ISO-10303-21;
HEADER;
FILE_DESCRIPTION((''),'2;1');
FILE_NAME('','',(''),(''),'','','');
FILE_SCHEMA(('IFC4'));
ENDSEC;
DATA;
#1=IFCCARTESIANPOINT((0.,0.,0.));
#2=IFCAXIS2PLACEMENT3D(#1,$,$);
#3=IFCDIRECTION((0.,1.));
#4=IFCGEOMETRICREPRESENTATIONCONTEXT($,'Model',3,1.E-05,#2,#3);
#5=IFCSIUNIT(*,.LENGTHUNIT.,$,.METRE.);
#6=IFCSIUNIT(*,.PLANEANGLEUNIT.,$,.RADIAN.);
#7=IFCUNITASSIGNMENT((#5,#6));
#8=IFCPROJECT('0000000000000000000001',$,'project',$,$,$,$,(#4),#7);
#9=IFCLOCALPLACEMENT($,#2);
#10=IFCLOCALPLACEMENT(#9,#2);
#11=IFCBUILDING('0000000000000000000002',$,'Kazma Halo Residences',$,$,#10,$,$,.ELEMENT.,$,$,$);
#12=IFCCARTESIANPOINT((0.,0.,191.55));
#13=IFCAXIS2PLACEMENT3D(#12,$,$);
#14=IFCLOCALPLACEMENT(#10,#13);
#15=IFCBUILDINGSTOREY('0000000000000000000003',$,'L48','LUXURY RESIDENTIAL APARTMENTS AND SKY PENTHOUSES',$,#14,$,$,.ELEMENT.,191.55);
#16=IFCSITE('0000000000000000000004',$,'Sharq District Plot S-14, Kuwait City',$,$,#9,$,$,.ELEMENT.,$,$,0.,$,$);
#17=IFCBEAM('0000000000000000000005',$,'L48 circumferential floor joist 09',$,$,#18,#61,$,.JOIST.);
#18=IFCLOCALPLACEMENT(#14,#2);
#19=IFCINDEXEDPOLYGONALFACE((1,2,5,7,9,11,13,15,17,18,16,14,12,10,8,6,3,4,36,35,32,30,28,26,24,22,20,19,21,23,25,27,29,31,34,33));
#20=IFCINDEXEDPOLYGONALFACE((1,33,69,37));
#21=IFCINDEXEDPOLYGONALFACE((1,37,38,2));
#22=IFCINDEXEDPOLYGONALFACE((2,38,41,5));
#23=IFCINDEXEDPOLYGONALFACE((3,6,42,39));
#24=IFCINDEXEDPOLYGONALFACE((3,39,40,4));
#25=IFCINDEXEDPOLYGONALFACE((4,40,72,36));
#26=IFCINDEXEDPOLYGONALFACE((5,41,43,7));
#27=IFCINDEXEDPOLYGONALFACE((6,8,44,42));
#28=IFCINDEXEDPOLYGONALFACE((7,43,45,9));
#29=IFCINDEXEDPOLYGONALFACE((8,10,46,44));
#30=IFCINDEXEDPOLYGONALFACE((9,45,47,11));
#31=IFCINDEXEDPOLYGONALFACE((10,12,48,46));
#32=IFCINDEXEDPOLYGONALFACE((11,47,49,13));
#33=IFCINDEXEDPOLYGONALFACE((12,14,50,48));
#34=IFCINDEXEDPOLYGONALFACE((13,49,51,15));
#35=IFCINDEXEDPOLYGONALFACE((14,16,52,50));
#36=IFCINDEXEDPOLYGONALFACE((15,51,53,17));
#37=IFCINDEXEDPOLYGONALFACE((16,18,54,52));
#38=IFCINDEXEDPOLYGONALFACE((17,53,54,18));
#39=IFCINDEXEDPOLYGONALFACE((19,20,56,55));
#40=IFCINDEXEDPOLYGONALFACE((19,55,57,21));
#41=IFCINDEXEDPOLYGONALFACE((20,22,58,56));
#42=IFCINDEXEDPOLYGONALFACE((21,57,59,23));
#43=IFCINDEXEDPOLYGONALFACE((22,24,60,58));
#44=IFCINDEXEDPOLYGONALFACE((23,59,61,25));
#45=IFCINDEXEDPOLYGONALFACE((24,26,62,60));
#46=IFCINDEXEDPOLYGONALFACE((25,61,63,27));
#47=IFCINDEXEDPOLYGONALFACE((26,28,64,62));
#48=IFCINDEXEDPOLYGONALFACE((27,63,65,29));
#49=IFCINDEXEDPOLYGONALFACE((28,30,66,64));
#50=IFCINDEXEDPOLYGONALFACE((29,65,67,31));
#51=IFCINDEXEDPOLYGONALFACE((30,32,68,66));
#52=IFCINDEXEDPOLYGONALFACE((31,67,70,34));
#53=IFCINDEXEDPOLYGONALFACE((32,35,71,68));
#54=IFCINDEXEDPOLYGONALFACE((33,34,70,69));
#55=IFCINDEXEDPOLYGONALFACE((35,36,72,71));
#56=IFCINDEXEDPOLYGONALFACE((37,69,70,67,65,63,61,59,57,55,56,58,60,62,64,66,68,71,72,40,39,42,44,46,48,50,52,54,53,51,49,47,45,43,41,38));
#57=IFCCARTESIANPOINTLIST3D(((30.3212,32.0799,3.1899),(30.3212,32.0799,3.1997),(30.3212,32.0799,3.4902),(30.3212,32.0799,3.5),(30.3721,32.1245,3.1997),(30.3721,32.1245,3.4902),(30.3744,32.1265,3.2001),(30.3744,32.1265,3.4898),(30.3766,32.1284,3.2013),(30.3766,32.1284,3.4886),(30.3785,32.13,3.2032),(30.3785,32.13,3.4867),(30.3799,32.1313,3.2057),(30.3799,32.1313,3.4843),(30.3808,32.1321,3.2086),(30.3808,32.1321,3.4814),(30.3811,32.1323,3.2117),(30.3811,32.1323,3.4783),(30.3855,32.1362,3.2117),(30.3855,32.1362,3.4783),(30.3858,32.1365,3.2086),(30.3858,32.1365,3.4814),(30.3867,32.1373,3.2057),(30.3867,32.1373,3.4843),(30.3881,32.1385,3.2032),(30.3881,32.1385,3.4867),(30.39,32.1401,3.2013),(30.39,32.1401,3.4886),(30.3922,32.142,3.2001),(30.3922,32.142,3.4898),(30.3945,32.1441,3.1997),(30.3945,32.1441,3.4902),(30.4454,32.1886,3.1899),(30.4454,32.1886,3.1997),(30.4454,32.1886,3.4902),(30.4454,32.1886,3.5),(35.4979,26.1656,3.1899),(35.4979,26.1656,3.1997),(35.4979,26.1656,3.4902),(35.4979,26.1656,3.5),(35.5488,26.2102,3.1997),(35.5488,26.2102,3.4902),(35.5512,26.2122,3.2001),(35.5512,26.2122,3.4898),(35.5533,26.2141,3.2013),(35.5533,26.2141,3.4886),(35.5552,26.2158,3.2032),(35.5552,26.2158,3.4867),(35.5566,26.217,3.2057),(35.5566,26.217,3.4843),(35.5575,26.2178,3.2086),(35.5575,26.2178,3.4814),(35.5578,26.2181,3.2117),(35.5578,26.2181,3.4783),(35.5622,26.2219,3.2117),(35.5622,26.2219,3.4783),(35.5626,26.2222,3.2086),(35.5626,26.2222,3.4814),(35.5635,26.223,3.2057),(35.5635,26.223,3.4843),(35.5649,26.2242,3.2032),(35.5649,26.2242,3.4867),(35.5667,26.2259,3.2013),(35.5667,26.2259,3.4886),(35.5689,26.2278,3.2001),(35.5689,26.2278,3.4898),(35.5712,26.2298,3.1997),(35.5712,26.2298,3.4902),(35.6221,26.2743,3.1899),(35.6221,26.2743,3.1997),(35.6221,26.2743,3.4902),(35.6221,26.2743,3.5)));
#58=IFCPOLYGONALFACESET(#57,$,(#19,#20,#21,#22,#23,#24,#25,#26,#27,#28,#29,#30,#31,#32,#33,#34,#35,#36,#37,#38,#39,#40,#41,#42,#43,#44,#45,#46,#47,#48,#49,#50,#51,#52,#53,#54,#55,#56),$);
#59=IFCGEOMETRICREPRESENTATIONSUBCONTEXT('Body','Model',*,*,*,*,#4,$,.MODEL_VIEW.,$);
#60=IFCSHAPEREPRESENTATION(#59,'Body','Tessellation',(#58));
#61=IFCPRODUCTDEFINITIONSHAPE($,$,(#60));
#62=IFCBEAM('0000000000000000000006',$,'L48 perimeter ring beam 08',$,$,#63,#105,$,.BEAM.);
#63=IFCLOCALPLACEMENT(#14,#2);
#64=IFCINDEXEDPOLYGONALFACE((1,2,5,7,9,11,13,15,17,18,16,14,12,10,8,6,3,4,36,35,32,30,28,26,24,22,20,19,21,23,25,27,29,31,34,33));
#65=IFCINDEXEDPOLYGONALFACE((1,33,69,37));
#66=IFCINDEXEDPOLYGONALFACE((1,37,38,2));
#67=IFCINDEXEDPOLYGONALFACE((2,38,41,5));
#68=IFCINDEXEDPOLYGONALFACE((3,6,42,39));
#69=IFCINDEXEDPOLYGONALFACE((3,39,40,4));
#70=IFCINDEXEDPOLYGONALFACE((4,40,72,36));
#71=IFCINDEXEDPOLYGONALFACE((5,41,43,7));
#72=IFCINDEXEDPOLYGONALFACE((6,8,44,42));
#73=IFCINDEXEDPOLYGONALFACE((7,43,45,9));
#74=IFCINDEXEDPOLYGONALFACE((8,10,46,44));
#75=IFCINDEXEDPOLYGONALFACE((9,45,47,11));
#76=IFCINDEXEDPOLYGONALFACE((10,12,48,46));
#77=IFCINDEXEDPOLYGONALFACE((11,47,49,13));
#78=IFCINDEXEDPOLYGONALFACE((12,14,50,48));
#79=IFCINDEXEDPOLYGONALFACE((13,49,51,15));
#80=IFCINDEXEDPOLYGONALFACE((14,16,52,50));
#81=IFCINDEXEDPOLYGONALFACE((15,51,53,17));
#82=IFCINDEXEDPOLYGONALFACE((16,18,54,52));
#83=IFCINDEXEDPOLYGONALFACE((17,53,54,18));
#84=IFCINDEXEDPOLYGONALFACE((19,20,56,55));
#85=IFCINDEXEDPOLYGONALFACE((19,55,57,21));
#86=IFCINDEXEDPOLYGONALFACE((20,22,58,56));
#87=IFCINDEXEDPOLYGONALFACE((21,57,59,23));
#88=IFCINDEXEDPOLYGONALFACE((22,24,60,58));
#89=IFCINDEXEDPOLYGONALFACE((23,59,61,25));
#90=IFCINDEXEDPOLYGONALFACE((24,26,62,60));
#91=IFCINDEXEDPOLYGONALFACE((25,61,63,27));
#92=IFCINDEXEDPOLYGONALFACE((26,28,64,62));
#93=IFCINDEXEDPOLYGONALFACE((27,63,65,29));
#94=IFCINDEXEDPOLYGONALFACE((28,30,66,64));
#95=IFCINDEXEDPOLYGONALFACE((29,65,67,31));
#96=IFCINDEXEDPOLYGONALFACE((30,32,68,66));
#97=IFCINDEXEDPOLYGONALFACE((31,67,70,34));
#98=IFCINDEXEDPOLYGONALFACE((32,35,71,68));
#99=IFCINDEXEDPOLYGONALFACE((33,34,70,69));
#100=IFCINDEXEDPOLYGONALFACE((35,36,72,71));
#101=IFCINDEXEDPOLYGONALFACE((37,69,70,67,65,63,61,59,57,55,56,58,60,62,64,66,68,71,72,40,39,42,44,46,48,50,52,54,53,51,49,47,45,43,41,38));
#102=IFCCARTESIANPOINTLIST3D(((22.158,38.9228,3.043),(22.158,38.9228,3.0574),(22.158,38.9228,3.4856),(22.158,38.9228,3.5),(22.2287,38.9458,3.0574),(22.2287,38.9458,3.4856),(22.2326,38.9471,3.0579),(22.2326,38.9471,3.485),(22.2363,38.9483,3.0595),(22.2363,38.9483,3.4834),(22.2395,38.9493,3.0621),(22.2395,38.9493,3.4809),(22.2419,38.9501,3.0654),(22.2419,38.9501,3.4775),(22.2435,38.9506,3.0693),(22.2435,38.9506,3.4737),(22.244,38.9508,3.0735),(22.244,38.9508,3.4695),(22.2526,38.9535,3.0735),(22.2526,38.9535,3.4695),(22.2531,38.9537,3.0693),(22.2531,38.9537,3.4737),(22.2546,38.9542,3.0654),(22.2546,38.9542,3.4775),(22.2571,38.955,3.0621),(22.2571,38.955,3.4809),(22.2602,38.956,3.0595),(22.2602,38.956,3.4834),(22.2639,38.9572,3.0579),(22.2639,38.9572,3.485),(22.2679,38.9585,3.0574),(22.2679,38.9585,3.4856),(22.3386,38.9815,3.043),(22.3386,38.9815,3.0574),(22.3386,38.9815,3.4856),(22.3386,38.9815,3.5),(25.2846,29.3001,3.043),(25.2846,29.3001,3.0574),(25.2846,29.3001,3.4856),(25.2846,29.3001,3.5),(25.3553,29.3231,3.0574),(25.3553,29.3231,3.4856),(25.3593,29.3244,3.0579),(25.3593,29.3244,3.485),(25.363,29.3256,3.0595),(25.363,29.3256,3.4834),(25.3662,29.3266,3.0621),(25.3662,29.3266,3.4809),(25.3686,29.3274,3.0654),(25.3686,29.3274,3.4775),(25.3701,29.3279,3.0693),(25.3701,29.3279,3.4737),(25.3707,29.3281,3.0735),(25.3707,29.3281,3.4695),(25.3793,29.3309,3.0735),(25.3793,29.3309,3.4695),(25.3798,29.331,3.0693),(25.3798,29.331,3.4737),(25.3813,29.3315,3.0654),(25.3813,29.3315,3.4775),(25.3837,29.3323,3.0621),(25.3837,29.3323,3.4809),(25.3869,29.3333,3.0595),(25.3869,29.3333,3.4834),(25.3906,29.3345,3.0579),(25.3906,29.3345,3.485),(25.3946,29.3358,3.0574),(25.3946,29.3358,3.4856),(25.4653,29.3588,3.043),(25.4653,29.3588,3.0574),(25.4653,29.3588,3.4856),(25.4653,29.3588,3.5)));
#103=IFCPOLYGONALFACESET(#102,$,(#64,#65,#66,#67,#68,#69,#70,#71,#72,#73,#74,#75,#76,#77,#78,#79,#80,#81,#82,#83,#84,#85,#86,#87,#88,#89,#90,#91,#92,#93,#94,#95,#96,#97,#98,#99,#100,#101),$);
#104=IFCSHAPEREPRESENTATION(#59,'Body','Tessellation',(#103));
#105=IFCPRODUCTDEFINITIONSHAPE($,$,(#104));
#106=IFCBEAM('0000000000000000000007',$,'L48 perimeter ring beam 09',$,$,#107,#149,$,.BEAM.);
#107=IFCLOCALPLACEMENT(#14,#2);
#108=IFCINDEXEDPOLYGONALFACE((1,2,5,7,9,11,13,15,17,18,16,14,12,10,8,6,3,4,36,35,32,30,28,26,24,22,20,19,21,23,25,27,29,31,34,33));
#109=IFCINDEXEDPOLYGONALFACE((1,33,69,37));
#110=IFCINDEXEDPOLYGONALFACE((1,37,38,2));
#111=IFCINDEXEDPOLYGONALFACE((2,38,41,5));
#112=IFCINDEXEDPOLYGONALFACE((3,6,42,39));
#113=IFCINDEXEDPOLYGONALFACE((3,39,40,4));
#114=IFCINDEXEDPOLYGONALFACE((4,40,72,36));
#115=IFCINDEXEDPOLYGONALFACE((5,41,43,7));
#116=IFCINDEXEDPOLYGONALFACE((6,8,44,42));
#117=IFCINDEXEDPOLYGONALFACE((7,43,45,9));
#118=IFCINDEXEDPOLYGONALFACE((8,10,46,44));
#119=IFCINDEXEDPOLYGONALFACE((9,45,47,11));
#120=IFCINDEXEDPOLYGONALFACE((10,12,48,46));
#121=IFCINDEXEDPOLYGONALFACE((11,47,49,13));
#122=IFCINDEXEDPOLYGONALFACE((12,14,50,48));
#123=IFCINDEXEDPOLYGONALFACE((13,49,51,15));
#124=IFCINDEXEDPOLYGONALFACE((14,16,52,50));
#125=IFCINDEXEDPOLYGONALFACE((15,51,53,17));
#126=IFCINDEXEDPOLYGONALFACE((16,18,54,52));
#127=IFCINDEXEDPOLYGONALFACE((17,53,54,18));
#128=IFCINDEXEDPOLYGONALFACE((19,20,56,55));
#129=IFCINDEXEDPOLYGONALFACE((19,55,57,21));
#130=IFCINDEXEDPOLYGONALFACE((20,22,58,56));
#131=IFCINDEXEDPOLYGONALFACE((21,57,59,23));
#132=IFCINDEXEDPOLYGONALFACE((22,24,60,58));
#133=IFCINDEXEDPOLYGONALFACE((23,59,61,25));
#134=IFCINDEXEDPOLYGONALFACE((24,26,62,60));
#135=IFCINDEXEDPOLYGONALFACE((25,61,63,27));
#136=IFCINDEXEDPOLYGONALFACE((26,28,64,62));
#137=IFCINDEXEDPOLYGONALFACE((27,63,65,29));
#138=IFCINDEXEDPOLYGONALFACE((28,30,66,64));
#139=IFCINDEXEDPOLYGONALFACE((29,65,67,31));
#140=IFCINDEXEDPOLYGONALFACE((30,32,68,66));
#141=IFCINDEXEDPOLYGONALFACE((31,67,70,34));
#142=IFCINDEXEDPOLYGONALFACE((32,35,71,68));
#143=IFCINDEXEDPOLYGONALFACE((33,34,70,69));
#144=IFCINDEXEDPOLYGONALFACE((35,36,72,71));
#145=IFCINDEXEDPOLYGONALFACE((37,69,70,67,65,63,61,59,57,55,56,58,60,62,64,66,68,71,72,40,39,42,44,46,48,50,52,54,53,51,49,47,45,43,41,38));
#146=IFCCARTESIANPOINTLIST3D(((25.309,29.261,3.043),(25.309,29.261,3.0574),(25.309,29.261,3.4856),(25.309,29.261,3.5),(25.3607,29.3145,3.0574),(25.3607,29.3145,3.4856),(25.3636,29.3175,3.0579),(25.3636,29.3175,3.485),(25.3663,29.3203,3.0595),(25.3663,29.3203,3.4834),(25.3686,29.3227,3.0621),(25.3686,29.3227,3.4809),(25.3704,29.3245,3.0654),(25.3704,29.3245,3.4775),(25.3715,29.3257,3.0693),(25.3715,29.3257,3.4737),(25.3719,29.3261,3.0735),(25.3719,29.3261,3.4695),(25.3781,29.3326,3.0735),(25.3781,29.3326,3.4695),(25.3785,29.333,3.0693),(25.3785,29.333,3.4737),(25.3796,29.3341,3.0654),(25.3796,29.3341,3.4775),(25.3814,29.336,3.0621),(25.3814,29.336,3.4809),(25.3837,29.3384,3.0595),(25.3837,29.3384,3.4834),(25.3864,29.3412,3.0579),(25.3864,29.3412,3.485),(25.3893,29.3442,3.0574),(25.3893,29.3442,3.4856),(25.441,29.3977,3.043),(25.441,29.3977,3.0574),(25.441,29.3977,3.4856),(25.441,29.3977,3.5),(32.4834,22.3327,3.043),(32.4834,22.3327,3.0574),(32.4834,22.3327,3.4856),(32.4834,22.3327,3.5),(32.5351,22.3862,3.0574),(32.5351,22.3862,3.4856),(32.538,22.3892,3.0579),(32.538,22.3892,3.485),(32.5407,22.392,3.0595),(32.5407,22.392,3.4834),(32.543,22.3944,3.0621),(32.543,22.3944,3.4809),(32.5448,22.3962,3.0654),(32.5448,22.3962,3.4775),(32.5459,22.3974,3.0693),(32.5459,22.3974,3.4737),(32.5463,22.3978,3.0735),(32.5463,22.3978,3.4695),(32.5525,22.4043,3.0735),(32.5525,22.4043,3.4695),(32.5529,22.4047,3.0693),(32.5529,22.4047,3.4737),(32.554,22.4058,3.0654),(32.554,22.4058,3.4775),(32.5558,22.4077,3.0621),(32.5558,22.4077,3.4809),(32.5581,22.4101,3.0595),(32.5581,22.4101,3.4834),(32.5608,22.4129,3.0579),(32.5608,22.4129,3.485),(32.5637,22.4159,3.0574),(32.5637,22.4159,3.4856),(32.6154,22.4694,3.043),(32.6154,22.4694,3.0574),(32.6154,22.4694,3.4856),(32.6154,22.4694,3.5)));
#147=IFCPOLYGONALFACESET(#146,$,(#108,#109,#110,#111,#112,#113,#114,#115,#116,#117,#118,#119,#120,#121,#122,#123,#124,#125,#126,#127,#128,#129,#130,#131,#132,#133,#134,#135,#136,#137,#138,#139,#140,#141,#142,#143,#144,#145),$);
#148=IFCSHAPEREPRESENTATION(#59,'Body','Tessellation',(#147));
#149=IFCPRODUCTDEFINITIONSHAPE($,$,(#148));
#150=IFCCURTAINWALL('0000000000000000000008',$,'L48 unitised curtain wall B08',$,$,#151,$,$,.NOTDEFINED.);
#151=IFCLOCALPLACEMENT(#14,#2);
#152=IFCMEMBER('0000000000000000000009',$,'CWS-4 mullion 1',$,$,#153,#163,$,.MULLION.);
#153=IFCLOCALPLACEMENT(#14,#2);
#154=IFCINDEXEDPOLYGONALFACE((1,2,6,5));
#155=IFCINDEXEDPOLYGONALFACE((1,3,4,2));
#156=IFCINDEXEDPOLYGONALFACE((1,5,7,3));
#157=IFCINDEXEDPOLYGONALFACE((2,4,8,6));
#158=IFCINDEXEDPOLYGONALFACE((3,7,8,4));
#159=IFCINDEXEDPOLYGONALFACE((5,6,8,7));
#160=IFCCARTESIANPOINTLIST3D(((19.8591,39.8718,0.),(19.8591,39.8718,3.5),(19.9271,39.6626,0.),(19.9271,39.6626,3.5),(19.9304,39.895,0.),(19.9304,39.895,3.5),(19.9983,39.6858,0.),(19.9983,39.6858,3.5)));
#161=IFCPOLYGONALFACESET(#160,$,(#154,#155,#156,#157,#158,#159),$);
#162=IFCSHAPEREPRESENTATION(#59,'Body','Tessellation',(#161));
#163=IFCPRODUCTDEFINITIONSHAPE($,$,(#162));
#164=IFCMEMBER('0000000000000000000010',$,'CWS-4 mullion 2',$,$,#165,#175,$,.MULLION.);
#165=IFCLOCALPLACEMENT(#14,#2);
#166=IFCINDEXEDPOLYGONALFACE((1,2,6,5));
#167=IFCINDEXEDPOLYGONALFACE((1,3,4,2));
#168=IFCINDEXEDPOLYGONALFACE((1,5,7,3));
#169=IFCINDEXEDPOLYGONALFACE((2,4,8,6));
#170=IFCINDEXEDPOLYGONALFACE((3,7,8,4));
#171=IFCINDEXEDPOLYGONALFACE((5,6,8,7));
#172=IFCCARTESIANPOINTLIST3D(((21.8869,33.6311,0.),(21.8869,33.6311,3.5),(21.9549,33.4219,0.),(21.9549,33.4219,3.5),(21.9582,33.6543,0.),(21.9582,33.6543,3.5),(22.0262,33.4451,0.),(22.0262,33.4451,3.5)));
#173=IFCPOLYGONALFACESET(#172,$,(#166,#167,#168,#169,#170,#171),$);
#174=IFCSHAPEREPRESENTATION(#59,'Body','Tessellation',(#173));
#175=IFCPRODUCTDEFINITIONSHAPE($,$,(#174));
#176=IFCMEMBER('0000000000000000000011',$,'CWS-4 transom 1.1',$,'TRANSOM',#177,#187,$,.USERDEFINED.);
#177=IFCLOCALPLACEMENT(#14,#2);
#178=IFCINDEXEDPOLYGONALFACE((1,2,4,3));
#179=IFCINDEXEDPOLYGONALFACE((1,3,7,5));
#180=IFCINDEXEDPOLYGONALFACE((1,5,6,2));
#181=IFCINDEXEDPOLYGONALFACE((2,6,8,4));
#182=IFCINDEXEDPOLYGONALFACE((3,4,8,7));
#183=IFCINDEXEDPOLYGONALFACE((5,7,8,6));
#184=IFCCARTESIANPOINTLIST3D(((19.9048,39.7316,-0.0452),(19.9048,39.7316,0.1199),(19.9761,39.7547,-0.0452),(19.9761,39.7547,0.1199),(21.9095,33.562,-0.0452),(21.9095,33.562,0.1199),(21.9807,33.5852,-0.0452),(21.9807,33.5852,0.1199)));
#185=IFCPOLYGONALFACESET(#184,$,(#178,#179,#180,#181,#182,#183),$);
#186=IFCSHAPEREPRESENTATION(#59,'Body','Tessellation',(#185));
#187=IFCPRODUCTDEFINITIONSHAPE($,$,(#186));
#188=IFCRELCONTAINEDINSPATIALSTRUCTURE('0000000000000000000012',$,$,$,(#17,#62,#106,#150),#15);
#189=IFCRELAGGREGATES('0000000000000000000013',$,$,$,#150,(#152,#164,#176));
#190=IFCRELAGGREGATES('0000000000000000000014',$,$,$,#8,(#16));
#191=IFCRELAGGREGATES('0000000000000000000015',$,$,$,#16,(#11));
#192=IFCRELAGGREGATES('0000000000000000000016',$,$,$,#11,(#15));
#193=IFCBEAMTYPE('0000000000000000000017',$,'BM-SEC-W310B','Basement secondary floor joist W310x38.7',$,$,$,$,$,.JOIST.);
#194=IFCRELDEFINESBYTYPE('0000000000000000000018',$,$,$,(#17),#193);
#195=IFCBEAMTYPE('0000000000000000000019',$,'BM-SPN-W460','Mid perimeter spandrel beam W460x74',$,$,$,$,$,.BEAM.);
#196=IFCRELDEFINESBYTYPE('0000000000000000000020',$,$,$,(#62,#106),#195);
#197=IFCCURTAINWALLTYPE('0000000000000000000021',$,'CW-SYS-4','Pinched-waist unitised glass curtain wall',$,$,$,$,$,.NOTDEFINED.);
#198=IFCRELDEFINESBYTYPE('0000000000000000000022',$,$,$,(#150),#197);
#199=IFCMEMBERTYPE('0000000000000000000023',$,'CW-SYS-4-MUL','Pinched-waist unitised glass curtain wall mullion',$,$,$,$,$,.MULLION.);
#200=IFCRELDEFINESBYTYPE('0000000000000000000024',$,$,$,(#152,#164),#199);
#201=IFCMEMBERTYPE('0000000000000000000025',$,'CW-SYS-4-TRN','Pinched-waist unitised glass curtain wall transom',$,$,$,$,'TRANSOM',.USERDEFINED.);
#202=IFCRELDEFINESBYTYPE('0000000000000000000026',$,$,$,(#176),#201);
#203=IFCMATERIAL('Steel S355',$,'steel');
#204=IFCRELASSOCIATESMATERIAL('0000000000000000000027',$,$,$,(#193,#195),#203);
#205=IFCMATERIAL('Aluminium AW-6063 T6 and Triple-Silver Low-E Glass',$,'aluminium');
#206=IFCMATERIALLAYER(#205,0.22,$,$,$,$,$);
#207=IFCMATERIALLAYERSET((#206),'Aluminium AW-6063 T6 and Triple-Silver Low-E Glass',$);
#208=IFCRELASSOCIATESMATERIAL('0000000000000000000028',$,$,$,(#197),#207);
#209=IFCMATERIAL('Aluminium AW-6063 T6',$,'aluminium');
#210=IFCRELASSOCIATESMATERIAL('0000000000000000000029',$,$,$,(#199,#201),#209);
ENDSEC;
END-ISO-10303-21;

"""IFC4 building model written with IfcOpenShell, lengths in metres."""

from ifc_helpers import new_model, si_unit, direction, frame, origin, origin_2d, place, context, subcontext, project, spatial, rectangle, i_section, extrude, material, layer, layer_set, material_profile, profile_set, type_object, element, aggregate, save


model = new_model("IFC4")

# Units and contexts
model_context = context("Model", 3, precision=1e-05, world=origin(), true_north=direction((0.0, 1.0)))
body_context = subcontext(model_context, "Body", "Model", "MODEL_VIEW")
ifc_project = project(units=[si_unit("LENGTHUNIT", "METRE"), si_unit("PLANEANGLEUNIT", "RADIAN")], contexts=[model_context])

# Site, building, storey
site_placement = place(None, origin())
site = spatial("IfcSite", under=ifc_project, at=site_placement, Name="Sharq District Plot S-14, Kuwait City", CompositionType="ELEMENT", RefElevation=0.0)
building_placement = place(site_placement, origin())
building = spatial("IfcBuilding", under=site, at=building_placement, Name="Kazma Halo Residences", CompositionType="ELEMENT")
storey_placement = place(building_placement, frame((0.0, 0.0, 191.55)))
storey = spatial("IfcBuildingStorey", under=building, at=storey_placement, Name="L48", Description="LUXURY RESIDENTIAL APARTMENTS AND SKY PENTHOUSES", CompositionType="ELEMENT", Elevation=191.55)

# Beams
ifc_material_1 = material(Name="Steel S355", Category="steel")
ifc_material_profile_1 = material_profile(ifc_material_1, i_section(OverallWidth=0.165, OverallDepth=0.3101, WebThickness=0.0059, FlangeThickness=0.0098, FilletRadius=0.012, at=origin_2d()), Name="W310x38.7")
ifc_profile_set_1 = profile_set([ifc_material_profile_1], Name="Steel S355")
beam_type_1 = type_object("IfcBeamType", Name="BM-SEC-W310B", Description="Basement secondary floor joist W310x38.7", PredefinedType="JOIST", material=ifc_profile_set_1)
beam_1_placement = place(storey_placement, frame((30.3833, 32.1343, 3.345), z_axis=(0.65863, -0.752467, 0.0), x_axis=(0.752467, 0.65863, 0.0)))
element("IfcBeam", 1, at=beam_1_placement, inside=storey, type_object=beam_type_1, Name="L48 circumferential floor joist 09", PredefinedType="JOIST", context=body_context, shape_type="SweptSolid", body=[
    extrude(i_section(OverallWidth=0.165, OverallDepth=0.3101, WebThickness=0.0059, FlangeThickness=0.0098, FilletRadius=0.012, at=origin_2d()), origin(), (0.0, 0.0, 1.0), 7.8599),
])
ifc_material_profile_2 = material_profile(ifc_material_1, i_section(OverallWidth=0.1899, OverallDepth=0.457, WebThickness=0.009, FlangeThickness=0.0144, FilletRadius=0.0161, at=origin_2d()), Name="W460x74")
ifc_profile_set_2 = profile_set([ifc_material_profile_2], Name="Steel S355")
beam_type_2 = type_object("IfcBeamType", Name="BM-SPN-W460", Description="Mid perimeter spandrel beam W460x74", PredefinedType="BEAM", material=ifc_profile_set_2)
beam_2_placement = place(storey_placement, frame((22.2483, 38.9521, 3.2715), z_axis=(0.309023, -0.951054, 0.0), x_axis=(0.951054, 0.309023, 0.0)))
element("IfcBeam", 2, at=beam_2_placement, inside=storey, type_object=beam_type_2, Name="L48 perimeter ring beam 08", PredefinedType="BEAM", context=body_context, shape_type="SweptSolid", body=[
    extrude(i_section(OverallWidth=0.1899, OverallDepth=0.457, WebThickness=0.009, FlangeThickness=0.0144, FilletRadius=0.0161, at=origin_2d()), origin(), (0.0, 0.0, 1.0), 10.1179),
])
beam_3_placement = place(storey_placement, frame((25.375, 29.3293, 3.2715), z_axis=(0.719337, -0.694662, 0.0), x_axis=(0.694662, 0.719337, 0.0)))
element("IfcBeam", 3, at=beam_3_placement, inside=storey, type_object=beam_type_2, Name="L48 perimeter ring beam 09", PredefinedType="BEAM", context=body_context, shape_type="SweptSolid", body=[
    extrude(i_section(OverallWidth=0.1899, OverallDepth=0.457, WebThickness=0.009, FlangeThickness=0.0144, FilletRadius=0.0161, at=origin_2d()), origin(), (0.0, 0.0, 1.0), 9.9736),
])

# Curtain wall, members
ifc_material_2 = material(Name="Aluminium AW-6063 T6 and Triple-Silver Low-E Glass", Category="aluminium")
ifc_layer_1 = layer(ifc_material_2, 0.22)
ifc_layer_set_1 = layer_set([ifc_layer_1], Name="Aluminium AW-6063 T6 and Triple-Silver Low-E Glass")
curtain_wall_type = type_object("IfcCurtainWallType", Name="CW-SYS-4", Description="Pinched-waist unitised glass curtain wall", PredefinedType="NOTDEFINED", material=ifc_layer_set_1)
curtain_wall_placement = place(storey_placement, origin())
curtain_wall = element("IfcCurtainWall", 4, at=curtain_wall_placement, inside=storey, type_object=curtain_wall_type, Name="L48 unitised curtain wall B08", PredefinedType="NOTDEFINED")
ifc_material_3 = material(Name="Aluminium AW-6063 T6", Category="aluminium")
ifc_material_profile_3 = material_profile(ifc_material_3, rectangle(XDim=0.075, YDim=0.22, at=origin_2d()), Name="CWM-75x220")
ifc_profile_set_3 = profile_set([ifc_material_profile_3], Name="Aluminium AW-6063 T6")
member_type_1 = type_object("IfcMemberType", Name="CW-SYS-4-MUL", Description="Pinched-waist unitised glass curtain wall mullion", PredefinedType="MULLION", material=ifc_profile_set_3)
member_1_placement = place(storey_placement, frame((19.9287, 39.7788, 0.0), z_axis=(0.0, 0.0, 1.0), x_axis=(0.951057, 0.309016, 0.0)))
member_1 = element("IfcMember", 5, at=member_1_placement, type_object=member_type_1, Name="CWS-4 mullion 1", PredefinedType="MULLION", context=body_context, shape_type="SweptSolid", body=[
    extrude(rectangle(XDim=0.075, YDim=0.22, at=origin_2d()), origin(), (0.0, 0.0, 1.0), 3.5),
])
member_2_placement = place(storey_placement, frame((21.9565, 33.5381, 0.0), z_axis=(0.0, 0.0, 1.0), x_axis=(0.951057, 0.309016, 0.0)))
member_2 = element("IfcMember", 6, at=member_2_placement, type_object=member_type_1, Name="CWS-4 mullion 2", PredefinedType="MULLION", context=body_context, shape_type="SweptSolid", body=[
    extrude(rectangle(XDim=0.075, YDim=0.22, at=origin_2d()), origin(), (0.0, 0.0, 1.0), 3.5),
])
ifc_material_profile_4 = material_profile(ifc_material_3, rectangle(XDim=0.075, YDim=0.165, at=origin_2d()), Name="CWT-75x165")
ifc_profile_set_4 = profile_set([ifc_material_profile_4], Name="Aluminium AW-6063 T6")
member_type_2 = type_object("IfcMemberType", Name="CW-SYS-4-TRN", Description="Pinched-waist unitised glass curtain wall transom", ElementType="TRANSOM", PredefinedType="USERDEFINED", material=ifc_profile_set_4)
member_3_placement = place(storey_placement, frame((19.9404, 39.7432, 0.0374), z_axis=(0.309027, -0.951053, 0.0), x_axis=(0.951053, 0.309027, 0.0)))
member_3 = element("IfcMember", 7, at=member_3_placement, type_object=member_type_2, Name="CWS-4 transom 1.1", ObjectType="TRANSOM", PredefinedType="USERDEFINED", context=body_context, shape_type="SweptSolid", body=[
    extrude(rectangle(XDim=0.075, YDim=0.165, at=origin_2d()), origin(), (0.0, 0.0, 1.0), 6.4871),
])
aggregate(curtain_wall, [member_1, member_2, member_3])

save(model, "model.ifc")
